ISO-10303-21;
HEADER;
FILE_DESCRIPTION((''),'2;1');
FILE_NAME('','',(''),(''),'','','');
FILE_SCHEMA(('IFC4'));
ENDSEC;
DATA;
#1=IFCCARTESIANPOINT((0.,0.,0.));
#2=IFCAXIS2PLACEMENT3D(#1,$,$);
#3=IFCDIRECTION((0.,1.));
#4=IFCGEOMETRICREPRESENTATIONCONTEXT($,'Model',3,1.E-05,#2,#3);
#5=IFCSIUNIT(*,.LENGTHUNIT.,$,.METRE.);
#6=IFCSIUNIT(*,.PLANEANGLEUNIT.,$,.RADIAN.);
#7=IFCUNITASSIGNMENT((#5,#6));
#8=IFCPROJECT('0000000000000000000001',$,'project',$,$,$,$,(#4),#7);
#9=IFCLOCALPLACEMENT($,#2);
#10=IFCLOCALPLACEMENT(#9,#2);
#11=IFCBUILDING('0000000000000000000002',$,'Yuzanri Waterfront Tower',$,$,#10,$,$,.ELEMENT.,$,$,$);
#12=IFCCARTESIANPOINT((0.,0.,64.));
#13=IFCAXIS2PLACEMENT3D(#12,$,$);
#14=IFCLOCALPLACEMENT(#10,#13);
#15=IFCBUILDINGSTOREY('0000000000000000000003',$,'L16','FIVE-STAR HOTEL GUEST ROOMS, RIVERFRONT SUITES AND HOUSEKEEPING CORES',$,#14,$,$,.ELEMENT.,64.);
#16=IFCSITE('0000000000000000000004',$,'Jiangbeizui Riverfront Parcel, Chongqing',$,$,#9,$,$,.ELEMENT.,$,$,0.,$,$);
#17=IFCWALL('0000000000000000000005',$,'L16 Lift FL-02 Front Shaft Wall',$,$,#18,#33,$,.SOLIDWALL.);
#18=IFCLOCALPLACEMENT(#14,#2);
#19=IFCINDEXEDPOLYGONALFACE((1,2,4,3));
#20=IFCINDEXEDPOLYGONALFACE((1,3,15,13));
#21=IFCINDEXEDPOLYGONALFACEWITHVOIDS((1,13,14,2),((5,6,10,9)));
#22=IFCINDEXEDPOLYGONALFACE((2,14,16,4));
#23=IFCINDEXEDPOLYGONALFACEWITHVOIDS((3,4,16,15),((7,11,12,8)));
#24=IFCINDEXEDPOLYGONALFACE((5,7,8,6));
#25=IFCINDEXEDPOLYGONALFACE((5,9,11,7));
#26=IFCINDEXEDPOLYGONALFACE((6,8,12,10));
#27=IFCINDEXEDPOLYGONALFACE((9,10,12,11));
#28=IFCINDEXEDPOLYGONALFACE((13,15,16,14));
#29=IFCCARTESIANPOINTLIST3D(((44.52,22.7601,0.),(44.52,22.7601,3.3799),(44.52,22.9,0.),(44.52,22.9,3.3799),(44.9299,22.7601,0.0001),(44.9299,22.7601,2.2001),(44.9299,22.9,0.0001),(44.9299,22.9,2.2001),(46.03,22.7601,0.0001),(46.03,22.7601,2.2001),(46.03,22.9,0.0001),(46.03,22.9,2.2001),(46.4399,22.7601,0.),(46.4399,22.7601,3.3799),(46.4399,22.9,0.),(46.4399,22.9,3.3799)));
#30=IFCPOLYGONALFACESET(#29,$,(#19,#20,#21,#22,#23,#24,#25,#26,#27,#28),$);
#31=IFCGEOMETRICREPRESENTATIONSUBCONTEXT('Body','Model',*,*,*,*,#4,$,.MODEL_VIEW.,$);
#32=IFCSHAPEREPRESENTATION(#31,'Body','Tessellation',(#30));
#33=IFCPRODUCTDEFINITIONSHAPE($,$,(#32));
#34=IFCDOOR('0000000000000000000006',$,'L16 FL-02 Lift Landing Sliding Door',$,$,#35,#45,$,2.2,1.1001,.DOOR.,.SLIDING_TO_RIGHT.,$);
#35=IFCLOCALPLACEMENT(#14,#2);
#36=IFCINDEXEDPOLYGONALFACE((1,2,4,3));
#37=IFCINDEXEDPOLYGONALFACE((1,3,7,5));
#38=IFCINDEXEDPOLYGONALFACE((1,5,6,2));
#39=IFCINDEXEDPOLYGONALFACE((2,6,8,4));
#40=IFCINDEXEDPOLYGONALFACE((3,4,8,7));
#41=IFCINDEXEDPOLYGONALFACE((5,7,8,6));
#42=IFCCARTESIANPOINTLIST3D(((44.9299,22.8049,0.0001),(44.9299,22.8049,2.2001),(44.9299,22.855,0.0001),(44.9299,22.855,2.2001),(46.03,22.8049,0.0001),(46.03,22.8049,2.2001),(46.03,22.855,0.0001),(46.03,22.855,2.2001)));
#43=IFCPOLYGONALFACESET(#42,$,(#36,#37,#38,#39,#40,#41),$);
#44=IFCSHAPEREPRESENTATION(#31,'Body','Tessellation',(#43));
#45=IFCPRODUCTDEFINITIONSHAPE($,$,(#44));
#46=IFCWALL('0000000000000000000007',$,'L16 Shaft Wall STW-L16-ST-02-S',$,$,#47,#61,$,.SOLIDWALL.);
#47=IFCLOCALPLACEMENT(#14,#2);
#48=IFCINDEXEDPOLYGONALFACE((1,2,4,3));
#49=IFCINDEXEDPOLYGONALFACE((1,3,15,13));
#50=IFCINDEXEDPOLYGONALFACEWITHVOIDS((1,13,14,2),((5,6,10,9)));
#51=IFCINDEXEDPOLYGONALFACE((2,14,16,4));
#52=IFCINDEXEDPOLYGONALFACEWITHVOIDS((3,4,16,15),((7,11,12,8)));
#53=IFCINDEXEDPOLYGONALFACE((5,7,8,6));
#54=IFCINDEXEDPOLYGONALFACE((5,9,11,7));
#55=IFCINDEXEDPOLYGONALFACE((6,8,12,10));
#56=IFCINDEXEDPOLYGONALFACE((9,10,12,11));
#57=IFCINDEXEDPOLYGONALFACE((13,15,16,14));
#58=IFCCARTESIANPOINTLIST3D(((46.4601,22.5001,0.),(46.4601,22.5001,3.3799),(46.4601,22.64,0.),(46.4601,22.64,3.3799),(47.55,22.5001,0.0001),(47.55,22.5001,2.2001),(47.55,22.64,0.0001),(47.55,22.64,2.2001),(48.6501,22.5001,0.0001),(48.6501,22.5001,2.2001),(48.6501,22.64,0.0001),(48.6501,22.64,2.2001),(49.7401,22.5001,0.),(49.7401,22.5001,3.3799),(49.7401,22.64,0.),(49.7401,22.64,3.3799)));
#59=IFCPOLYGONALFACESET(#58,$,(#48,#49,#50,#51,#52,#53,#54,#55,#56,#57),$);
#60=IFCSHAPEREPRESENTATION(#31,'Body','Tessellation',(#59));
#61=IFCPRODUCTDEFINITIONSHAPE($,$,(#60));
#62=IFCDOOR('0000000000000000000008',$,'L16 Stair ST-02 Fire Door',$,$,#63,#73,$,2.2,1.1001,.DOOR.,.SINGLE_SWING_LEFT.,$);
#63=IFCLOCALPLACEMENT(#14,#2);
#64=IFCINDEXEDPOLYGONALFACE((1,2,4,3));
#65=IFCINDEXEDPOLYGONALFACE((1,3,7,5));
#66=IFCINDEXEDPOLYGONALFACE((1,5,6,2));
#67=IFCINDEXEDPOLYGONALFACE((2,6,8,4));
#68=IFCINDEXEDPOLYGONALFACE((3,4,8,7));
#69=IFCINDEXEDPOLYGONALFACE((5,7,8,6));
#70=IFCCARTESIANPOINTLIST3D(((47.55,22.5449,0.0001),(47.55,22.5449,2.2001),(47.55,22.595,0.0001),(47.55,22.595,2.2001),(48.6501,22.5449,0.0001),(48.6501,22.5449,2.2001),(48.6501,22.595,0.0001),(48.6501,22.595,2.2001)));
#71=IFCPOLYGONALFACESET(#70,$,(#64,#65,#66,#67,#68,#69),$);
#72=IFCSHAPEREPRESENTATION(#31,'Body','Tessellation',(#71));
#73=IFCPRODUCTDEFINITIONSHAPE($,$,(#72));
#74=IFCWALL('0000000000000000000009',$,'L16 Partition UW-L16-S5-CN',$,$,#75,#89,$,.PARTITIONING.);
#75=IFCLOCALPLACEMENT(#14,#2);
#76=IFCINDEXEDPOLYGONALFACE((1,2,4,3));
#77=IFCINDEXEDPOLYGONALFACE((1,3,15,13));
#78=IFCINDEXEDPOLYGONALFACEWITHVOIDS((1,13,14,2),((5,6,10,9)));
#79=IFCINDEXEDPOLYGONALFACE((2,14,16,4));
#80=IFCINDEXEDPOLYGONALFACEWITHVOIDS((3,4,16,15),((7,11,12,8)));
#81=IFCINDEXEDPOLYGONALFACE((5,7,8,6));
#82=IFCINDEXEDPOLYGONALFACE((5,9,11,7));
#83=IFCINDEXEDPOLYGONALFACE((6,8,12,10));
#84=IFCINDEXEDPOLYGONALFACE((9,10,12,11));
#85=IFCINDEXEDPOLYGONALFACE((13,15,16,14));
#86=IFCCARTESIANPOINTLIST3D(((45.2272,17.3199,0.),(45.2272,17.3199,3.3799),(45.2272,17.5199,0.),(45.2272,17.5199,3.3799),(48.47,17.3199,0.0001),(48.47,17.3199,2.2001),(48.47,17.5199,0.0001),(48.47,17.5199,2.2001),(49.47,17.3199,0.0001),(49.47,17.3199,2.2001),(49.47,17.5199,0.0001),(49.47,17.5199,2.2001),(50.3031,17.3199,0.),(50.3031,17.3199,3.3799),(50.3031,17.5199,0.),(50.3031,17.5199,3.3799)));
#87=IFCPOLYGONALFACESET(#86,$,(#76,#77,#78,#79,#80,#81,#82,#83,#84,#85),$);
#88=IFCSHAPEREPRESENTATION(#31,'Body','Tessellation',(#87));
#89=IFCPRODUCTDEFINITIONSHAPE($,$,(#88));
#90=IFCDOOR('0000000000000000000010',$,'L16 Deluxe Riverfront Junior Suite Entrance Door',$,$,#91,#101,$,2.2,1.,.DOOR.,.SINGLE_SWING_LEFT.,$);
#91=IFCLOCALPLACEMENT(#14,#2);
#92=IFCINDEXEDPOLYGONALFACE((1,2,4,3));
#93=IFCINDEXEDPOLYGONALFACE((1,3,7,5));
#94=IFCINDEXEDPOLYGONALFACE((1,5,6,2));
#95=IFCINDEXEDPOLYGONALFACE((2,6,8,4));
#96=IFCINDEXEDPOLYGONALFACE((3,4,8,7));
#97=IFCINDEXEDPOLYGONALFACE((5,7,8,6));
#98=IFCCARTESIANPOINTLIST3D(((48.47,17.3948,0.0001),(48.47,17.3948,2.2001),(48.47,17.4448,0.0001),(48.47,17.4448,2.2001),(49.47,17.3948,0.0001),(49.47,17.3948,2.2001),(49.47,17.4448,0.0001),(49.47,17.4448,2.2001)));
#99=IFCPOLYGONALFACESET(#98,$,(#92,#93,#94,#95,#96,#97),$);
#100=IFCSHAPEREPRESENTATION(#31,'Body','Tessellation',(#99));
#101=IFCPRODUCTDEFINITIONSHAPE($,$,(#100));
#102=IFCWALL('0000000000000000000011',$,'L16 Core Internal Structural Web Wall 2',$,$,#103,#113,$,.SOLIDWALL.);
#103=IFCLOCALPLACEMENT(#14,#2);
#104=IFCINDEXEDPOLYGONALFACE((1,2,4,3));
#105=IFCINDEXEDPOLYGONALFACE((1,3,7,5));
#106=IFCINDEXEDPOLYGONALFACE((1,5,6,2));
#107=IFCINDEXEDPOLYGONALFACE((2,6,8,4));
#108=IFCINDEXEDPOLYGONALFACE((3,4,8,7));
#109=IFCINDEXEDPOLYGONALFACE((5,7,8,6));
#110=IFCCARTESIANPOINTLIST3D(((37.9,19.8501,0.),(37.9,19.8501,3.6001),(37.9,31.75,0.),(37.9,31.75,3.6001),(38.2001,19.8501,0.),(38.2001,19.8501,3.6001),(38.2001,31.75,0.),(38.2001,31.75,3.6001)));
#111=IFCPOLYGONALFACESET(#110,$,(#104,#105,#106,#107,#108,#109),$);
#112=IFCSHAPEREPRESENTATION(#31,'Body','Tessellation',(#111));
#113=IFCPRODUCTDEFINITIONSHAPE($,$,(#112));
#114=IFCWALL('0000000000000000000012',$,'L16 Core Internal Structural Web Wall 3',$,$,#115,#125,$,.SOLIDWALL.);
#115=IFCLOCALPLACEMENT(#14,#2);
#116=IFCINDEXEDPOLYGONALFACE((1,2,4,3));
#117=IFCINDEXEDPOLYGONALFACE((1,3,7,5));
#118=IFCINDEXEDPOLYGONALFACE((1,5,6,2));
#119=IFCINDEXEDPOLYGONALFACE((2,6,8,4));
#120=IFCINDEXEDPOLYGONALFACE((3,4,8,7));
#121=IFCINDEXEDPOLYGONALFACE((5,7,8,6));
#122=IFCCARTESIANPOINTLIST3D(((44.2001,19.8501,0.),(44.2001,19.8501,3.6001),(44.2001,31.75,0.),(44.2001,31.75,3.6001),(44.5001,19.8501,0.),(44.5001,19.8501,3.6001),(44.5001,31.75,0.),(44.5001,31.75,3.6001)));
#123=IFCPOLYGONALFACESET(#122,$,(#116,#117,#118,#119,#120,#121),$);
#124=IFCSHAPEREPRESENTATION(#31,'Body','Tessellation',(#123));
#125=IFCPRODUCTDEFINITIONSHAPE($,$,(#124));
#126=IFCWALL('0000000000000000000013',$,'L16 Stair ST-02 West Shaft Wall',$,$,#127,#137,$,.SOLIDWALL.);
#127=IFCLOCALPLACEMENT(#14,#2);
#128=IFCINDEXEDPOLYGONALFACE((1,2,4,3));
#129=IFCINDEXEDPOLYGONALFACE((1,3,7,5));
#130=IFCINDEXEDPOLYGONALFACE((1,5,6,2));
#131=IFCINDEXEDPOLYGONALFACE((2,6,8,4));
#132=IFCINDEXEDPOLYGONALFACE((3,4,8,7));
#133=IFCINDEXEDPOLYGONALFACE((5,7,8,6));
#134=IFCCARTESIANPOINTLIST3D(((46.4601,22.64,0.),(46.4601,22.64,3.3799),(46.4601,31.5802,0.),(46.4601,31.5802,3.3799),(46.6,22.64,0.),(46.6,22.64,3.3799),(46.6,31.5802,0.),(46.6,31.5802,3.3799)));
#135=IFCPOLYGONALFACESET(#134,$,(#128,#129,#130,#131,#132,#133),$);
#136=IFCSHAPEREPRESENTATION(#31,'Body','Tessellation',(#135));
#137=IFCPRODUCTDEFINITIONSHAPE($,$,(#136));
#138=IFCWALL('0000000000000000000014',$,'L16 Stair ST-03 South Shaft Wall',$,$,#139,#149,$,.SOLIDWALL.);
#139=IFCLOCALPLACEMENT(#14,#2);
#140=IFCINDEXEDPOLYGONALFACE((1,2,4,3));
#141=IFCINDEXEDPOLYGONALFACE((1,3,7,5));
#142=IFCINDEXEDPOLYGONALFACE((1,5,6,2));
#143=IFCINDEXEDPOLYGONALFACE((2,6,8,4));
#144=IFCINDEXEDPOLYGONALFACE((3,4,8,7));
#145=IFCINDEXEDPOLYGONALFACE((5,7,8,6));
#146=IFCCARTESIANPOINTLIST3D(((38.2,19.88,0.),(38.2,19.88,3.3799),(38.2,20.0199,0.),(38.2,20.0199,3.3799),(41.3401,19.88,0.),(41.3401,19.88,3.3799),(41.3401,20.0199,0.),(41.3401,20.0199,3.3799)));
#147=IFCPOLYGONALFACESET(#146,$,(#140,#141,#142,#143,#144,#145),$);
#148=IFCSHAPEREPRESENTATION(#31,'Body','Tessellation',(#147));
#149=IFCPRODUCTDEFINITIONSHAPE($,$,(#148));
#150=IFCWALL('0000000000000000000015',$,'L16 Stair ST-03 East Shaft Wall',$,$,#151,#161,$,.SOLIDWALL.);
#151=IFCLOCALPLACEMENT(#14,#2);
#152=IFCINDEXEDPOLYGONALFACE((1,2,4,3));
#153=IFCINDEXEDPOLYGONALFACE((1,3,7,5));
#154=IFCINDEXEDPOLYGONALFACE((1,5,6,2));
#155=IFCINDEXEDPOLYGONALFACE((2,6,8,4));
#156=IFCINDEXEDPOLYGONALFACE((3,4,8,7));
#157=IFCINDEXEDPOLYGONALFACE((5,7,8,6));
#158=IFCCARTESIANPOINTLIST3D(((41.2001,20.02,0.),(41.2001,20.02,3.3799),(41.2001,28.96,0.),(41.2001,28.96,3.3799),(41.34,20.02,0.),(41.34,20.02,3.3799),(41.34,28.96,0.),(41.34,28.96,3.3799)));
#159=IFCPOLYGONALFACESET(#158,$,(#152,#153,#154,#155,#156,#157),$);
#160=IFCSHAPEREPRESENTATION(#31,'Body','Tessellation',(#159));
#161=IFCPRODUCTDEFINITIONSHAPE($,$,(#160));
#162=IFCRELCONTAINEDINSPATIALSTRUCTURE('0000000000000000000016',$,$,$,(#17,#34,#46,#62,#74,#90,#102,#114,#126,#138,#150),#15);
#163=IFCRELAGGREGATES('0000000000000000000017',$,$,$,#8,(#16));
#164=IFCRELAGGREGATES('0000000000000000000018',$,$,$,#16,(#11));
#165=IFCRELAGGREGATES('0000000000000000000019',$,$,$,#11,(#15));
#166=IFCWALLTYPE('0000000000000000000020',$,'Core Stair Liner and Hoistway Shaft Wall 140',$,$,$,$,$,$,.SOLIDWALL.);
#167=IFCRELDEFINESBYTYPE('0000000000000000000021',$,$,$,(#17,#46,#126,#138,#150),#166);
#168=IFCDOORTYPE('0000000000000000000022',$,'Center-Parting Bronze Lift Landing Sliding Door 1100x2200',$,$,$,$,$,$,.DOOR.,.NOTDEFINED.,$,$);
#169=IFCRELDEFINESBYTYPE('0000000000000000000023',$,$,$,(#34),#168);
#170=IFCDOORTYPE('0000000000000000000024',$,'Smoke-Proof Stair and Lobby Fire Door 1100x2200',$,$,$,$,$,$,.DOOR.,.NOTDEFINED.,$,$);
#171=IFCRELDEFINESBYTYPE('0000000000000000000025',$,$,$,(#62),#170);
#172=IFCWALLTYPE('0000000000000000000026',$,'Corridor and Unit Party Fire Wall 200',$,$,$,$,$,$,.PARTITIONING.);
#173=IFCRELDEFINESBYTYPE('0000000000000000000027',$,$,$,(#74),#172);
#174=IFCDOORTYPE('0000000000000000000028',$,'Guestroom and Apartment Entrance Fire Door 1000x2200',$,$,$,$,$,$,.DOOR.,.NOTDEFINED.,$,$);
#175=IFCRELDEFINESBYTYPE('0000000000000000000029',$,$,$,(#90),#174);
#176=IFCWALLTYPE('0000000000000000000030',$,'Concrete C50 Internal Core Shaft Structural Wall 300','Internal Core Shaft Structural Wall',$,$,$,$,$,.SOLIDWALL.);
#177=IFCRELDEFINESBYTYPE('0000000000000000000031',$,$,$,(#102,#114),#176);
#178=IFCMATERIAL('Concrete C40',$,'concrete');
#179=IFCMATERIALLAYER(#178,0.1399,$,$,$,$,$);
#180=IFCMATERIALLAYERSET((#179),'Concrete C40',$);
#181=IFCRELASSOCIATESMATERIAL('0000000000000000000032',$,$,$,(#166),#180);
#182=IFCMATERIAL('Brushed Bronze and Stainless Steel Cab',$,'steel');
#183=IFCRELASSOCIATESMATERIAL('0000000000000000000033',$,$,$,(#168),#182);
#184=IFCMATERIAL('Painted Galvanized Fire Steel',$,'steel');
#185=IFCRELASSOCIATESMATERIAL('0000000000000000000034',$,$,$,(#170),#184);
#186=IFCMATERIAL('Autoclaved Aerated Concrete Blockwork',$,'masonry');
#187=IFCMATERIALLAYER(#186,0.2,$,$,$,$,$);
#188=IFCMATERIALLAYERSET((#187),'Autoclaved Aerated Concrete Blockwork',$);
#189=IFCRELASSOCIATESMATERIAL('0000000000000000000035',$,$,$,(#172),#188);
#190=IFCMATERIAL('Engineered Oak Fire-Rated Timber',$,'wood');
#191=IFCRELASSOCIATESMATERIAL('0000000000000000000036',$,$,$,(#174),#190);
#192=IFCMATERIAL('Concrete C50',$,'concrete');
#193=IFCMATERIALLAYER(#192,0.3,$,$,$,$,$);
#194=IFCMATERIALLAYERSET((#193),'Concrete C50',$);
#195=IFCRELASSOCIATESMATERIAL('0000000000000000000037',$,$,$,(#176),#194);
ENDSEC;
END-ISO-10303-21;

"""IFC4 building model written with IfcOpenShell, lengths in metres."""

from ifc_helpers import new_model, si_unit, direction, frame, frame_2d, origin, place, context, subcontext, project, spatial, rectangle, extrude, source, transform, mapped, material, layer, layer_set, type_object, element, fill, save


model = new_model("IFC4")

# Units and contexts
model_context = context("Model", 3, precision=1e-05, world=origin(), true_north=direction((0.0, 1.0)))
body_context = subcontext(model_context, "Body", "Model", "MODEL_VIEW")
ifc_project = project(units=[si_unit("LENGTHUNIT", "METRE"), si_unit("PLANEANGLEUNIT", "RADIAN")], contexts=[model_context])

# Site, building, storey
site_placement = place(None, origin())
site = spatial("IfcSite", under=ifc_project, at=site_placement, Name="Jiangbeizui Riverfront Parcel, Chongqing", CompositionType="ELEMENT", RefElevation=0.0)
building_placement = place(site_placement, origin())
building = spatial("IfcBuilding", under=site, at=building_placement, Name="Yuzanri Waterfront Tower", CompositionType="ELEMENT")
storey_placement = place(building_placement, frame((0.0, 0.0, 64.0)))
storey = spatial("IfcBuildingStorey", under=building, at=storey_placement, Name="L16", Description="FIVE-STAR HOTEL GUEST ROOMS, RIVERFRONT SUITES AND HOUSEKEEPING CORES", CompositionType="ELEMENT", Elevation=64.0)

# Walls, openings, doors
ifc_material_1 = material(Name="Concrete C40", Category="concrete")
ifc_layer_1 = layer(ifc_material_1, 0.1399)
ifc_layer_set_1 = layer_set([ifc_layer_1], Name="Concrete C40")
wall_type_1 = type_object("IfcWallType", Name="Core Stair Liner and Hoistway Shaft Wall 140", PredefinedType="SOLIDWALL", material=ifc_layer_set_1)
wall_1_placement = place(storey_placement, frame((44.52, 22.8301, 0.0), z_axis=(0.0, 0.0, 1.0), x_axis=(1.0, 0.0, 0.0)))
wall_1 = element("IfcWall", 1, at=wall_1_placement, inside=storey, type_object=wall_type_1, Name="L16 Lift FL-02 Front Shaft Wall", PredefinedType="SOLIDWALL", context=body_context, shape_type="SweptSolid", body=[
    extrude(rectangle(XDim=1.9199, YDim=0.1399, at=frame_2d((0.96, 0.0))), origin(), (0.0, 0.0, 1.0), 3.3799),
])
opening_1_placement = place(wall_1_placement, frame((0.4099, 0.0, 0.0)))
opening_1 = element("IfcOpeningElement", 2, at=opening_1_placement, cuts=wall_1, PredefinedType="OPENING", context=body_context, shape_type="SweptSolid", body=[
    extrude(rectangle(XDim=1.1001, YDim=2.2, at=frame_2d((0.55, 1.1001))), frame((0.0, 0.085, 0.0), z_axis=(0.0, -1.0, 0.0), x_axis=(1.0, 0.0, 0.0)), (0.0, 0.0, 1.0), 0.1697),
])
ifc_material_2 = material(Name="Brushed Bronze and Stainless Steel Cab", Category="steel")
door_type_1 = type_object("IfcDoorType", Name="Center-Parting Bronze Lift Landing Sliding Door 1100x2200", OperationType="NOTDEFINED", PredefinedType="DOOR", material=ifc_material_2)
shared_shape_1 = source(origin(), body_context, "Body", "SweptSolid", [
    extrude(rectangle(XDim=1.1001, YDim=2.2, at=frame_2d((0.55, 1.1001))), frame((0.0, 0.0249, 0.0), z_axis=(0.0, -1.0, 0.0), x_axis=(1.0, 0.0, 0.0)), (0.0, 0.0, 1.0), 0.05),
])
door_1_placement = place(opening_1_placement, origin())
door_1 = element("IfcDoor", 3, at=door_1_placement, inside=storey, type_object=door_type_1, Name="L16 FL-02 Lift Landing Sliding Door", OperationType="SLIDING_TO_RIGHT", OverallHeight=2.2, OverallWidth=1.1001, PredefinedType="DOOR", context=body_context, shape_type="MappedRepresentation", body=[
    mapped(shared_shape_1, transform((0.0, 0.0, 0.0), scale=1.0)),
])
fill(opening_1, door_1)
wall_2_placement = place(storey_placement, frame((46.46, 22.5701, 0.0), z_axis=(0.0, 0.0, 1.0), x_axis=(1.0, 0.0, 0.0)))
wall_2 = element("IfcWall", 4, at=wall_2_placement, inside=storey, type_object=wall_type_1, Name="L16 Shaft Wall STW-L16-ST-02-S", PredefinedType="SOLIDWALL", context=body_context, shape_type="SweptSolid", body=[
    extrude(rectangle(XDim=3.28, YDim=0.1399, at=frame_2d((1.6401, 0.0))), origin(), (0.0, 0.0, 1.0), 3.3799),
])
opening_2_placement = place(wall_2_placement, frame((1.0901, 0.0, 0.0)))
opening_2 = element("IfcOpeningElement", 5, at=opening_2_placement, cuts=wall_2, PredefinedType="OPENING", context=body_context, shape_type="SweptSolid", body=[
    extrude(rectangle(XDim=1.1001, YDim=2.2, at=frame_2d((0.55, 1.1001))), frame((0.0, 0.085, 0.0), z_axis=(0.0, -1.0, 0.0), x_axis=(1.0, 0.0, 0.0)), (0.0, 0.0, 1.0), 0.1697),
])
ifc_material_3 = material(Name="Painted Galvanized Fire Steel", Category="steel")
door_type_2 = type_object("IfcDoorType", Name="Smoke-Proof Stair and Lobby Fire Door 1100x2200", OperationType="NOTDEFINED", PredefinedType="DOOR", material=ifc_material_3)
shared_shape_2 = source(origin(), body_context, "Body", "SweptSolid", [
    extrude(rectangle(XDim=1.1001, YDim=2.2, at=frame_2d((0.55, 1.1001))), frame((0.0, 0.0249, 0.0), z_axis=(0.0, -1.0, 0.0), x_axis=(1.0, 0.0, 0.0)), (0.0, 0.0, 1.0), 0.05),
])
door_2_placement = place(opening_2_placement, origin())
door_2 = element("IfcDoor", 6, at=door_2_placement, inside=storey, type_object=door_type_2, Name="L16 Stair ST-02 Fire Door", OperationType="SINGLE_SWING_LEFT", OverallHeight=2.2, OverallWidth=1.1001, PredefinedType="DOOR", context=body_context, shape_type="MappedRepresentation", body=[
    mapped(shared_shape_2, transform((0.0, 0.0, 0.0), scale=1.0)),
])
fill(opening_2, door_2)
ifc_material_4 = material(Name="Autoclaved Aerated Concrete Blockwork", Category="masonry")
ifc_layer_2 = layer(ifc_material_4, 0.2)
ifc_layer_set_2 = layer_set([ifc_layer_2], Name="Autoclaved Aerated Concrete Blockwork")
wall_type_2 = type_object("IfcWallType", Name="Corridor and Unit Party Fire Wall 200", PredefinedType="PARTITIONING", material=ifc_layer_set_2)
wall_3_placement = place(storey_placement, frame((45.2271, 17.4199, 0.0), z_axis=(0.0, 0.0, 1.0), x_axis=(1.0, 0.0, 0.0)))
wall_3 = element("IfcWall", 7, at=wall_3_placement, inside=storey, type_object=wall_type_2, Name="L16 Partition UW-L16-S5-CN", PredefinedType="PARTITIONING", context=body_context, shape_type="SweptSolid", body=[
    extrude(rectangle(XDim=5.0759, YDim=0.2, at=frame_2d((2.5381, 0.0))), origin(), (0.0, 0.0, 1.0), 3.3799),
])
opening_3_placement = place(wall_3_placement, frame((3.2429, 0.0, 0.0)))
opening_3 = element("IfcOpeningElement", 8, at=opening_3_placement, cuts=wall_3, PredefinedType="OPENING", context=body_context, shape_type="SweptSolid", body=[
    extrude(rectangle(XDim=1.0, YDim=2.2, at=frame_2d((0.5, 1.1001))), frame((0.0, 0.1147, 0.0), z_axis=(0.0, -1.0, 0.0), x_axis=(1.0, 0.0, 0.0)), (0.0, 0.0, 1.0), 0.2297),
])
ifc_material_5 = material(Name="Engineered Oak Fire-Rated Timber", Category="wood")
door_type_3 = type_object("IfcDoorType", Name="Guestroom and Apartment Entrance Fire Door 1000x2200", OperationType="NOTDEFINED", PredefinedType="DOOR", material=ifc_material_5)
shared_shape_3 = source(origin(), body_context, "Body", "SweptSolid", [
    extrude(rectangle(XDim=1.0, YDim=2.2, at=frame_2d((0.5, 1.1001))), frame((0.0, 0.0249, 0.0), z_axis=(0.0, -1.0, 0.0), x_axis=(1.0, 0.0, 0.0)), (0.0, 0.0, 1.0), 0.05),
])
door_3_placement = place(opening_3_placement, origin())
door_3 = element("IfcDoor", 9, at=door_3_placement, inside=storey, type_object=door_type_3, Name="L16 Deluxe Riverfront Junior Suite Entrance Door", OperationType="SINGLE_SWING_LEFT", OverallHeight=2.2, OverallWidth=1.0, PredefinedType="DOOR", context=body_context, shape_type="MappedRepresentation", body=[
    mapped(shared_shape_3, transform((0.0, 0.0, 0.0), scale=1.0)),
])
fill(opening_3, door_3)

# Walls
ifc_material_6 = material(Name="Concrete C50", Category="concrete")
ifc_layer_3 = layer(ifc_material_6, 0.3)
ifc_layer_set_3 = layer_set([ifc_layer_3], Name="Concrete C50")
wall_type_3 = type_object("IfcWallType", Name="Concrete C50 Internal Core Shaft Structural Wall 300", Description="Internal Core Shaft Structural Wall", PredefinedType="SOLIDWALL", material=ifc_layer_set_3)
shared_shape_4 = source(origin(), body_context, "Body", "SweptSolid", [
    extrude(rectangle(XDim=11.8999, YDim=0.3, at=frame_2d((5.95, 0.0))), origin(), (0.0, 0.0, 1.0), 3.6001),
])
for number, where, z_axis, x_axis, name in (
    (10, (38.05, 19.8501, 0.0), (0.0, 0.0, 1.0), (0.0, 1.0, 0.0), "L16 Core Internal Structural Web Wall 2"),
    (11, (44.3501, 19.8501, 0.0), (0.0, 0.0, 1.0), (0.0, 1.0, 0.0), "L16 Core Internal Structural Web Wall 3"),
):
    element("IfcWall", number, at=place(storey_placement, frame(where, z_axis=z_axis, x_axis=x_axis)), inside=storey, type_object=wall_type_3, Name=name, PredefinedType="SOLIDWALL", context=body_context, shape_type="MappedRepresentation", body=[
        mapped(shared_shape_4, transform((0.0, 0.0, 0.0), scale=1.0)),
    ])
shared_shape_5 = source(origin(), body_context, "Body", "SweptSolid", [
    extrude(rectangle(XDim=8.9402, YDim=0.1399, at=frame_2d((4.4702, 0.0))), origin(), (0.0, 0.0, 1.0), 3.3799),
])
wall_4_placement = place(storey_placement, frame((46.53, 22.6399, 0.0), z_axis=(0.0, 0.0, 1.0), x_axis=(0.0, 1.0, 0.0)))
element("IfcWall", 12, at=wall_4_placement, inside=storey, type_object=wall_type_1, Name="L16 Stair ST-02 West Shaft Wall", PredefinedType="SOLIDWALL", context=body_context, shape_type="MappedRepresentation", body=[
    mapped(shared_shape_5, transform((0.0, 0.0, 0.0), scale=1.0)),
])
shared_shape_6 = source(origin(), body_context, "Body", "SweptSolid", [
    extrude(rectangle(XDim=3.1401, YDim=0.1399, at=frame_2d((1.5701, 0.0))), origin(), (0.0, 0.0, 1.0), 3.3799),
])
wall_5_placement = place(storey_placement, frame((38.2, 19.95, 0.0), z_axis=(0.0, 0.0, 1.0), x_axis=(1.0, 0.0, 0.0)))
element("IfcWall", 13, at=wall_5_placement, inside=storey, type_object=wall_type_1, Name="L16 Stair ST-03 South Shaft Wall", PredefinedType="SOLIDWALL", context=body_context, shape_type="MappedRepresentation", body=[
    mapped(shared_shape_6, transform((0.0, 0.0, 0.0), scale=1.0)),
])
shared_shape_7 = source(origin(), body_context, "Body", "SweptSolid", [
    extrude(rectangle(XDim=8.9399, YDim=0.1399, at=frame_2d((4.47, 0.0))), origin(), (0.0, 0.0, 1.0), 3.3799),
])
wall_6_placement = place(storey_placement, frame((41.27, 20.02, 0.0), z_axis=(0.0, 0.0, 1.0), x_axis=(0.0, 1.0, 0.0)))
element("IfcWall", 14, at=wall_6_placement, inside=storey, type_object=wall_type_1, Name="L16 Stair ST-03 East Shaft Wall", PredefinedType="SOLIDWALL", context=body_context, shape_type="MappedRepresentation", body=[
    mapped(shared_shape_7, transform((0.0, 0.0, 0.0), scale=1.0)),
])

save(model, "model.ifc")
